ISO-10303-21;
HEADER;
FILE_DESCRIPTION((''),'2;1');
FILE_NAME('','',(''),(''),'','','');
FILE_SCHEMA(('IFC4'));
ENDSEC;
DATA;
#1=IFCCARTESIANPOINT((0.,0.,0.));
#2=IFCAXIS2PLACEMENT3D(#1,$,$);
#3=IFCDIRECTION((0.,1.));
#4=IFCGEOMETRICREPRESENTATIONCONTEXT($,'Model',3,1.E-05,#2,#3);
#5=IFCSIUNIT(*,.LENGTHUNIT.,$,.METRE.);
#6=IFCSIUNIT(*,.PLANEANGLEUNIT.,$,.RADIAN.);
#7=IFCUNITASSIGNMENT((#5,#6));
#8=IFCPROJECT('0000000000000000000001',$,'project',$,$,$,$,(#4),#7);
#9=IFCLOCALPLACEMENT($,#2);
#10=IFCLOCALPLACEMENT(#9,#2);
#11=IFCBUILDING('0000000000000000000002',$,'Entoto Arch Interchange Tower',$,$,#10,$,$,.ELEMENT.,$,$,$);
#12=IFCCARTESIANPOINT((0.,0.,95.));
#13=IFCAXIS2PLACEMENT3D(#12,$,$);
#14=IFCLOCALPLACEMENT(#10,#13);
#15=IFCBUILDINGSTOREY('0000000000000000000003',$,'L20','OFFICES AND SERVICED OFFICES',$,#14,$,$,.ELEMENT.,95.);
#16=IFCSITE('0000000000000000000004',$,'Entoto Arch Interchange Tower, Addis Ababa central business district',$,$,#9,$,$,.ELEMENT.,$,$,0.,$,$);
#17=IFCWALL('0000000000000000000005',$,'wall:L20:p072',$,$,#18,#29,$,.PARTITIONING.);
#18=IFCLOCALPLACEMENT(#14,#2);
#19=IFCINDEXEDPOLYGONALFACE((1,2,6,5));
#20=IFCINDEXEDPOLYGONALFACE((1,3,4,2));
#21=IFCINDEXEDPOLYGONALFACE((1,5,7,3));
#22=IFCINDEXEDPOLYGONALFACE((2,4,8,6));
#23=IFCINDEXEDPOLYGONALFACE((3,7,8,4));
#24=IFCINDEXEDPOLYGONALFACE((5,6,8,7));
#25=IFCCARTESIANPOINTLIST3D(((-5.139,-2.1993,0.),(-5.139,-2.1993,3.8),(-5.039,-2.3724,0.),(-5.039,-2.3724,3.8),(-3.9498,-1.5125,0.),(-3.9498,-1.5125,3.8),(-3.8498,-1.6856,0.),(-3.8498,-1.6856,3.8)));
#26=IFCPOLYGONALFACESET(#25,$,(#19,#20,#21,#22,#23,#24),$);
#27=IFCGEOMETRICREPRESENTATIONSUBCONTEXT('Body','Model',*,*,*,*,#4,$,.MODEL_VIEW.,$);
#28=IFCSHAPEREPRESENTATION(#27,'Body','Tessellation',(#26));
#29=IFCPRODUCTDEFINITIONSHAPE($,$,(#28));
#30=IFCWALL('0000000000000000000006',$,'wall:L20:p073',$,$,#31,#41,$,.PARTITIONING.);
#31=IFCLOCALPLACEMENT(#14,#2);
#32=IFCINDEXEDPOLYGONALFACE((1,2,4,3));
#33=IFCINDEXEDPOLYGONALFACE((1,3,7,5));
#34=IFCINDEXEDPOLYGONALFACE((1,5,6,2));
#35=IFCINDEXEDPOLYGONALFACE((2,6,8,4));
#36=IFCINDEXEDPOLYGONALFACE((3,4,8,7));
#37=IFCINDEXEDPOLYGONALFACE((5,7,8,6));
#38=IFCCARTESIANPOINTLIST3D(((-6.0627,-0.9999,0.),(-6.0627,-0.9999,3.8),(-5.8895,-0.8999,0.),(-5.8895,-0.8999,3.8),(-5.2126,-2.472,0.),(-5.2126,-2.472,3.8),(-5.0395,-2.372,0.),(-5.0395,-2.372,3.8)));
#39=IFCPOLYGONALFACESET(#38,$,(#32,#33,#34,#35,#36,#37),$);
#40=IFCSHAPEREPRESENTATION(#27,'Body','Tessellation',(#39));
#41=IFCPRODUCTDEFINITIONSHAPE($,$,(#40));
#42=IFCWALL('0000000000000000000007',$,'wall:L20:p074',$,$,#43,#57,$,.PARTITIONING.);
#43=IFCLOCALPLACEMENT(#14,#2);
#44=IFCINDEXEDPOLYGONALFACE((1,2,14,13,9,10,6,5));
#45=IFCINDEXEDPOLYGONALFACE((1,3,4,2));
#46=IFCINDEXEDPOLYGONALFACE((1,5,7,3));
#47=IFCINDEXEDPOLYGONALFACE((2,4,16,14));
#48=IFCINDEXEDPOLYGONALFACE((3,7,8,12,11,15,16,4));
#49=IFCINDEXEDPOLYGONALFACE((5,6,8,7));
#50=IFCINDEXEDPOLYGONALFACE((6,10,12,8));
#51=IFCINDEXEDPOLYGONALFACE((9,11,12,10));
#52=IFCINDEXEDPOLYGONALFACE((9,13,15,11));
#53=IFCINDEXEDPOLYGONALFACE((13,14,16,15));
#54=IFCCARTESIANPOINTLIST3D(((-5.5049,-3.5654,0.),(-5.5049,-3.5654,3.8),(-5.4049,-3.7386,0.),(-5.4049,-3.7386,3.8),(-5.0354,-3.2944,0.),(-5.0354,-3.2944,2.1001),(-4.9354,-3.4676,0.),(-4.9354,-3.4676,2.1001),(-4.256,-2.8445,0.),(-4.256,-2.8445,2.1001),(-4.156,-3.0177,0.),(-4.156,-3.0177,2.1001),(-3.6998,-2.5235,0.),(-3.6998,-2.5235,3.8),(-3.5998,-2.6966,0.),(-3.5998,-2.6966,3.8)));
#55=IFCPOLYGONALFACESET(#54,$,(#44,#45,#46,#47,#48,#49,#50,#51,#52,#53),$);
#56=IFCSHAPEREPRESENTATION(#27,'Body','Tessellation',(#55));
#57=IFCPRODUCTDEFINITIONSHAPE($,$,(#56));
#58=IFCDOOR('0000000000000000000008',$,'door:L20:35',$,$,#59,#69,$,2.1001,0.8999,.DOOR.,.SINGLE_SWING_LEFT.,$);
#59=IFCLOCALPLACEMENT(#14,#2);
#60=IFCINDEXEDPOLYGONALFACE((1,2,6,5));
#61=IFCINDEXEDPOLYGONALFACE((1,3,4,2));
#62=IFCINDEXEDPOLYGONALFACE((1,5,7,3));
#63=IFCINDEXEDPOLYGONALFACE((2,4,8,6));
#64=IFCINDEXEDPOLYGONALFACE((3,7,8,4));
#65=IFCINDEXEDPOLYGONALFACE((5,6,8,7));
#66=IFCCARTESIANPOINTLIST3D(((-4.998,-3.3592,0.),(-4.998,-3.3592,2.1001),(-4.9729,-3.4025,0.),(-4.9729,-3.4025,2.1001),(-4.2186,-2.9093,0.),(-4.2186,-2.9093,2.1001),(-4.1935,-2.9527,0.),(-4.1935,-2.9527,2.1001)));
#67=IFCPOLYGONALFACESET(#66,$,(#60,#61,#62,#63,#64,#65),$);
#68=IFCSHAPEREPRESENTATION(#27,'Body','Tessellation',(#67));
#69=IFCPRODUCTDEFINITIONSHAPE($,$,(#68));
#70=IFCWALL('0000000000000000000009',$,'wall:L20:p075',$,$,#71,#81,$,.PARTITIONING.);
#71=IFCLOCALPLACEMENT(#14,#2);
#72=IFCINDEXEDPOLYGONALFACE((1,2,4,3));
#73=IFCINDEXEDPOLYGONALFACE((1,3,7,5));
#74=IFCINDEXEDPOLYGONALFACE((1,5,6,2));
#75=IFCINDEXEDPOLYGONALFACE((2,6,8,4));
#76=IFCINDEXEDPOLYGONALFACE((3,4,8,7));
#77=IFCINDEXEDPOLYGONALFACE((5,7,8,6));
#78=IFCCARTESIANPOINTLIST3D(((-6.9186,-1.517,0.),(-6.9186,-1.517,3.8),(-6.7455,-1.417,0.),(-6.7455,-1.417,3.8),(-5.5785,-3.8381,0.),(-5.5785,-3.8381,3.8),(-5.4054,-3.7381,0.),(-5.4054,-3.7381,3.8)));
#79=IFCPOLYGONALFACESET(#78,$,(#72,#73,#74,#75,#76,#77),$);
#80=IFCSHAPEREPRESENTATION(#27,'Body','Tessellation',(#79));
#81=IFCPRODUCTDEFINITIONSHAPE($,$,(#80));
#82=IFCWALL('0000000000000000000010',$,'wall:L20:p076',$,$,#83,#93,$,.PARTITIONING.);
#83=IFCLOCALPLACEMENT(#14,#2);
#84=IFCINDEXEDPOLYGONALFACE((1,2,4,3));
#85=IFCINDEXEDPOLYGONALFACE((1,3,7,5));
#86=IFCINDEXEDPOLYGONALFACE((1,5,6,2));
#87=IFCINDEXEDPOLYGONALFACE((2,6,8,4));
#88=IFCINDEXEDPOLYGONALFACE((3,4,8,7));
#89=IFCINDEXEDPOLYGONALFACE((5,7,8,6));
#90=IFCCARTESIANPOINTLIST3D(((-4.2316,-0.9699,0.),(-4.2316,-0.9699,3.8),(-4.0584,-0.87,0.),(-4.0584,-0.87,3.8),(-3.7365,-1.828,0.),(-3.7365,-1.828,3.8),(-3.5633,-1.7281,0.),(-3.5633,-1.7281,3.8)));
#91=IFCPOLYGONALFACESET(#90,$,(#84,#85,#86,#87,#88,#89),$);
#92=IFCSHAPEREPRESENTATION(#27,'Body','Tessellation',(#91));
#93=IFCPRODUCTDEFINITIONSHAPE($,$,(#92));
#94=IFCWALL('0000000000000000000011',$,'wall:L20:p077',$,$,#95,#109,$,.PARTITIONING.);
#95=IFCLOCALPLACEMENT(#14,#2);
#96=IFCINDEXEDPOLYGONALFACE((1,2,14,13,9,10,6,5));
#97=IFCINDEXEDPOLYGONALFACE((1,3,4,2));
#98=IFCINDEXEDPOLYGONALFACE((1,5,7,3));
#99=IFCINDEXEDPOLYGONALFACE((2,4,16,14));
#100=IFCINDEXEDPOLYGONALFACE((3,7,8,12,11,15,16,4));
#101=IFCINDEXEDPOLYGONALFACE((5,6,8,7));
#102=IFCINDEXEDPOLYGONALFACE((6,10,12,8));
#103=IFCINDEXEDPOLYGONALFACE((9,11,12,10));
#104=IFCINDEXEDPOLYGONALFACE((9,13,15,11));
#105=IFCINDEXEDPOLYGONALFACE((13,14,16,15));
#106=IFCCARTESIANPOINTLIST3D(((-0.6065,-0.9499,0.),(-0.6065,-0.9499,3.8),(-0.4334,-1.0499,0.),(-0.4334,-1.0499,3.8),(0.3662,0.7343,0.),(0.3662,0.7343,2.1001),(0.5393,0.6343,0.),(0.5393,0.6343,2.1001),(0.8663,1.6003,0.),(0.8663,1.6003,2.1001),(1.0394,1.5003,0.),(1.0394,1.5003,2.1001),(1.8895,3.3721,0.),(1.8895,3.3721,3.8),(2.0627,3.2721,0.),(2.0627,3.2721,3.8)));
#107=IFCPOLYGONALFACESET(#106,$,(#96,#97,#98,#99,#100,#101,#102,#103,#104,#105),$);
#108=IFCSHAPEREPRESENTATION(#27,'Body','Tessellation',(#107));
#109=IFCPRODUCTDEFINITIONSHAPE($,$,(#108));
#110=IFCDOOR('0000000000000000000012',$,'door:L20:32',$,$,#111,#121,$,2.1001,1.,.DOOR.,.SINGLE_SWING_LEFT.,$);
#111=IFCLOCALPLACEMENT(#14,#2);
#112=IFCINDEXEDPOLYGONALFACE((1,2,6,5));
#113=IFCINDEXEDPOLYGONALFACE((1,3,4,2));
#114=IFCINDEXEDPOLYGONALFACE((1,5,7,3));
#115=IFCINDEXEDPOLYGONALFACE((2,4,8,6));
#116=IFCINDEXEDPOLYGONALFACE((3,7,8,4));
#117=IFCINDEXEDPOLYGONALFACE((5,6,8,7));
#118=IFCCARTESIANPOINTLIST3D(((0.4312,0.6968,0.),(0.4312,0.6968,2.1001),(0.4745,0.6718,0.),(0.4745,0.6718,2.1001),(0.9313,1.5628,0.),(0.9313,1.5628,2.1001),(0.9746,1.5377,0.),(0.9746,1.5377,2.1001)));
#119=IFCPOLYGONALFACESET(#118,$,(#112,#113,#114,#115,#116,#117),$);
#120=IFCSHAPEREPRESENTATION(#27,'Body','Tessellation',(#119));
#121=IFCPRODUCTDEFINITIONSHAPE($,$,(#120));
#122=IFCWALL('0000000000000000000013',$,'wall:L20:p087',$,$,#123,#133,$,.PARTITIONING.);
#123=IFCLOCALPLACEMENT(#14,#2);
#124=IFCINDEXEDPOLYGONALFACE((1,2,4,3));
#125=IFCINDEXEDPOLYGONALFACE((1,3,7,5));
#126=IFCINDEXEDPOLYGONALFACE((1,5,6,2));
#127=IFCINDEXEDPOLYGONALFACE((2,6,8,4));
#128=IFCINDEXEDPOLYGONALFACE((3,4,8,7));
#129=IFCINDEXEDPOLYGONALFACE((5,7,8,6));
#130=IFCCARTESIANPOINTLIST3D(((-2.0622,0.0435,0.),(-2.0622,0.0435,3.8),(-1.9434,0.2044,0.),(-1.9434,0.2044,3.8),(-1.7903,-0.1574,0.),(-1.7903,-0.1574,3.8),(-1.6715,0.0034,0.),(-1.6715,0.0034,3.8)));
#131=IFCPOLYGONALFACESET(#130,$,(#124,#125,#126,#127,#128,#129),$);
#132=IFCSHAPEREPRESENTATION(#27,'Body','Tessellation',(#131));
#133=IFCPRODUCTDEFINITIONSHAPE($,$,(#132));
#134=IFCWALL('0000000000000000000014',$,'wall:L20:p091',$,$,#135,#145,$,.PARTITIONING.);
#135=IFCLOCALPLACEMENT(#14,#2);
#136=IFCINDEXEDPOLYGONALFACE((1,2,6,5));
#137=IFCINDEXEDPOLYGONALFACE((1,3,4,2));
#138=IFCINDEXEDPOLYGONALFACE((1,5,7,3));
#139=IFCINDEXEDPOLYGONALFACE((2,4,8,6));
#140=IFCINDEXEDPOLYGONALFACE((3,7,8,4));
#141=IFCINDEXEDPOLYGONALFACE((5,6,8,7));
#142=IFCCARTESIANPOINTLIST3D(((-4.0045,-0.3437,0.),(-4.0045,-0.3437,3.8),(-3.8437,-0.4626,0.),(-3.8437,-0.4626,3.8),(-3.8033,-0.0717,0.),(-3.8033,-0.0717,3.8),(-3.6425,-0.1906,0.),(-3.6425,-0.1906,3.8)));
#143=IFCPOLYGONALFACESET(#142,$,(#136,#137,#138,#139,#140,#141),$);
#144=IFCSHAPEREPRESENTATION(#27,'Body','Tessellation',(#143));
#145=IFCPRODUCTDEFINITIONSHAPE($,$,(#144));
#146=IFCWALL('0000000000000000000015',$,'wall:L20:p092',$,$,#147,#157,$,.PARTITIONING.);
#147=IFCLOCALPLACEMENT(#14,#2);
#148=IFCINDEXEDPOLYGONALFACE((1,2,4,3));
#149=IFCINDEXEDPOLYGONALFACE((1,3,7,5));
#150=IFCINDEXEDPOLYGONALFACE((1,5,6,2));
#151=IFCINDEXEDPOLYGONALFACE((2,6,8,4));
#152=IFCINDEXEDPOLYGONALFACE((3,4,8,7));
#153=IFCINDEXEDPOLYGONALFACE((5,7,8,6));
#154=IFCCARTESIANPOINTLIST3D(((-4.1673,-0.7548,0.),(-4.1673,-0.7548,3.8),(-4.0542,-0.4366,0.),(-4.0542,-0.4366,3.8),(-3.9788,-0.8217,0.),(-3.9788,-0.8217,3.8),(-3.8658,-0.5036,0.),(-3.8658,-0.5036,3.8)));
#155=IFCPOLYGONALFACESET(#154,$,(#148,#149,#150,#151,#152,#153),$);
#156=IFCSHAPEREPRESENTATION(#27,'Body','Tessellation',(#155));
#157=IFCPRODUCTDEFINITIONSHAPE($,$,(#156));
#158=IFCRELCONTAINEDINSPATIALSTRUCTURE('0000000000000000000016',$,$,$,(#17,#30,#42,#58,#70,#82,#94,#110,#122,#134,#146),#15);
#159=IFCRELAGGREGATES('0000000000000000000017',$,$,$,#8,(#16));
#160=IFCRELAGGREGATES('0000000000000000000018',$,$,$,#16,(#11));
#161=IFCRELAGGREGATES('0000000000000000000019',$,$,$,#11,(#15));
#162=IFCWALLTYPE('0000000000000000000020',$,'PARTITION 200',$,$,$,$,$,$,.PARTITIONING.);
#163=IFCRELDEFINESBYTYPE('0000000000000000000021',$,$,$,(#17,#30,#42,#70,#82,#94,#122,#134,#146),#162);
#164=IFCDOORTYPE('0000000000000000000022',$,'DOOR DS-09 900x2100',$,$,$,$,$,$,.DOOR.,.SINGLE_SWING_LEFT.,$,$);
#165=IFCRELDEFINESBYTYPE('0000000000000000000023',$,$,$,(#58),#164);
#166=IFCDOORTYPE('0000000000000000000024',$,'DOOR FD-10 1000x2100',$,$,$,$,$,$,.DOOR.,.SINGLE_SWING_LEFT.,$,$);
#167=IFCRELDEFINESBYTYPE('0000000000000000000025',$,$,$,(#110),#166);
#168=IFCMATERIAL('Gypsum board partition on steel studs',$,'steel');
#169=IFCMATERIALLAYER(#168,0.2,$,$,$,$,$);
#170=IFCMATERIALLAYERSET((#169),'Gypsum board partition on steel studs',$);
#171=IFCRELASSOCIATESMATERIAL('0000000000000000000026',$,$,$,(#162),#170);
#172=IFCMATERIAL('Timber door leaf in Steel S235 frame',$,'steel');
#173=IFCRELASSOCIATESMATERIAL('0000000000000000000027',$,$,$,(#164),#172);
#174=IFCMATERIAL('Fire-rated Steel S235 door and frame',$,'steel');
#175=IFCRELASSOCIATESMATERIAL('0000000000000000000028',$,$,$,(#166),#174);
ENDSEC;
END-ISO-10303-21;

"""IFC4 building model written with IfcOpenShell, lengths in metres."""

from ifc_helpers import new_model, si_unit, direction, frame, frame_2d, origin, place, context, subcontext, project, spatial, rectangle, extrude, material, layer, layer_set, type_object, element, fill, save


model = new_model("IFC4")

# Units and contexts
model_context = context("Model", 3, precision=1e-05, world=origin(), true_north=direction((0.0, 1.0)))
body_context = subcontext(model_context, "Body", "Model", "MODEL_VIEW")
ifc_project = project(units=[si_unit("LENGTHUNIT", "METRE"), si_unit("PLANEANGLEUNIT", "RADIAN")], contexts=[model_context])

# Site, building, storey
site_placement = place(None, origin())
site = spatial("IfcSite", under=ifc_project, at=site_placement, Name="Entoto Arch Interchange Tower, Addis Ababa central business district", CompositionType="ELEMENT", RefElevation=0.0)
building_placement = place(site_placement, origin())
building = spatial("IfcBuilding", under=site, at=building_placement, Name="Entoto Arch Interchange Tower", CompositionType="ELEMENT")
storey_placement = place(building_placement, frame((0.0, 0.0, 95.0)))
storey = spatial("IfcBuildingStorey", under=building, at=storey_placement, Name="L20", Description="OFFICES AND SERVICED OFFICES", CompositionType="ELEMENT", Elevation=95.0)

# Walls
ifc_material_1 = material(Name="Gypsum board partition on steel studs", Category="steel")
ifc_layer_1 = layer(ifc_material_1, 0.2)
ifc_layer_set_1 = layer_set([ifc_layer_1], Name="Gypsum board partition on steel studs")
wall_type_1 = type_object("IfcWallType", Name="PARTITION 200", PredefinedType="PARTITIONING", material=ifc_layer_set_1)
wall_1_placement = place(storey_placement, frame((-3.8999, -1.5991, 0.0), z_axis=(0.0, 0.0, 1.0), x_axis=(-0.865969, -0.500097, 0.0)))
element("IfcWall", 1, at=wall_1_placement, inside=storey, type_object=wall_type_1, Name="wall:L20:p072", PredefinedType="PARTITIONING", context=body_context, shape_type="SweptSolid", body=[
    extrude(rectangle(XDim=1.3733, YDim=0.2, at=frame_2d((0.6865, 0.0))), origin(), (0.0, 0.0, 1.0), 3.8),
])
wall_2_placement = place(storey_placement, frame((-5.126, -2.4221, 0.0), z_axis=(0.0, 0.0, 1.0), x_axis=(-0.500062, 0.865989, 0.0)))
element("IfcWall", 2, at=wall_2_placement, inside=storey, type_object=wall_type_1, Name="wall:L20:p073", PredefinedType="PARTITIONING", context=body_context, shape_type="SweptSolid", body=[
    extrude(rectangle(XDim=1.7, YDim=0.2, at=frame_2d((0.8501, 0.0))), origin(), (0.0, 0.0, 1.0), 3.8),
])

# Wall, opening, door
wall_3_placement = place(storey_placement, frame((-3.6499, -2.6101, 0.0), z_axis=(0.0, 0.0, 1.0), x_axis=(-0.866072, -0.499918, 0.0)))
wall_3 = element("IfcWall", 3, at=wall_3_placement, inside=storey, type_object=wall_type_1, Name="wall:L20:p074", PredefinedType="PARTITIONING", context=body_context, shape_type="SweptSolid", body=[
    extrude(rectangle(XDim=2.0842, YDim=0.2, at=frame_2d((1.042, 0.0))), origin(), (0.0, 0.0, 1.0), 3.8),
])
opening_1_placement = place(wall_3_placement, frame((0.6421, 0.0, 0.0)))
opening_1 = element("IfcOpeningElement", 4, at=opening_1_placement, cuts=wall_3, PredefinedType="OPENING", context=body_context, shape_type="SweptSolid", body=[
    extrude(rectangle(XDim=0.8999, YDim=2.1001, at=frame_2d((0.45, 1.05))), frame((0.0, 0.1099, 0.0), z_axis=(0.0, -1.0, 0.0), x_axis=(1.0, 0.0, 0.0)), (0.0, 0.0, 1.0), 0.22),
])
ifc_material_2 = material(Name="Timber door leaf in Steel S235 frame", Category="steel")
door_type_1 = type_object("IfcDoorType", Name="DOOR DS-09 900x2100", OperationType="SINGLE_SWING_LEFT", PredefinedType="DOOR", material=ifc_material_2)
door_1_placement = place(opening_1_placement, origin())
door_1 = element("IfcDoor", 5, at=door_1_placement, inside=storey, type_object=door_type_1, Name="door:L20:35", OperationType="SINGLE_SWING_LEFT", OverallHeight=2.1001, OverallWidth=0.8999, PredefinedType="DOOR", context=body_context, shape_type="SweptSolid", body=[
    extrude(rectangle(XDim=0.8999, YDim=2.1001, at=frame_2d((0.45, 1.05))), frame((0.0, 0.0249, 0.0), z_axis=(0.0, -1.0, 0.0), x_axis=(1.0, 0.0, 0.0)), (0.0, 0.0, 1.0), 0.05),
])
fill(opening_1, door_1)

# Walls
wall_4_placement = place(storey_placement, frame((-5.4919, -3.7881, 0.0), z_axis=(0.0, 0.0, 1.0), x_axis=(-0.500009, 0.86602, 0.0)))
element("IfcWall", 6, at=wall_4_placement, inside=storey, type_object=wall_type_1, Name="wall:L20:p075", PredefinedType="PARTITIONING", context=body_context, shape_type="SweptSolid", body=[
    extrude(rectangle(XDim=2.6802, YDim=0.2, at=frame_2d((1.3401, 0.0))), origin(), (0.0, 0.0, 1.0), 3.8),
])
wall_5_placement = place(storey_placement, frame((-4.145, -0.9199, 0.0), z_axis=(0.0, 0.0, 1.0), x_axis=(0.499744, -0.866173, 0.0)))
element("IfcWall", 7, at=wall_5_placement, inside=storey, type_object=wall_type_1, Name="wall:L20:p076", PredefinedType="PARTITIONING", context=body_context, shape_type="SweptSolid", body=[
    extrude(rectangle(XDim=0.9907, YDim=0.2, at=frame_2d((0.4954, 0.0))), origin(), (0.0, 0.0, 1.0), 3.8),
])

# Wall, opening, door
wall_6_placement = place(storey_placement, frame((-0.52, -1.0, 0.0), z_axis=(0.0, 0.0, 1.0), x_axis=(0.500116, 0.865958, 0.0)))
wall_6 = element("IfcWall", 8, at=wall_6_placement, inside=storey, type_object=wall_type_1, Name="wall:L20:p077", PredefinedType="PARTITIONING", context=body_context, shape_type="SweptSolid", body=[
    extrude(rectangle(XDim=4.991, YDim=0.2, at=frame_2d((2.4956, 0.0))), origin(), (0.0, 0.0, 1.0), 3.8),
])
opening_2_placement = place(wall_6_placement, frame((1.9451, 0.0, 0.0)))
opening_2 = element("IfcOpeningElement", 9, at=opening_2_placement, cuts=wall_6, PredefinedType="OPENING", context=body_context, shape_type="SweptSolid", body=[
    extrude(rectangle(XDim=1.0, YDim=2.1001, at=frame_2d((0.5, 1.05))), frame((0.0, 0.1099, 0.0), z_axis=(0.0, -1.0, 0.0), x_axis=(1.0, 0.0, 0.0)), (0.0, 0.0, 1.0), 0.22),
])
ifc_material_3 = material(Name="Fire-rated Steel S235 door and frame", Category="steel")
door_type_2 = type_object("IfcDoorType", Name="DOOR FD-10 1000x2100", OperationType="SINGLE_SWING_LEFT", PredefinedType="DOOR", material=ifc_material_3)
door_2_placement = place(opening_2_placement, origin())
door_2 = element("IfcDoor", 10, at=door_2_placement, inside=storey, type_object=door_type_2, Name="door:L20:32", OperationType="SINGLE_SWING_LEFT", OverallHeight=2.1001, OverallWidth=1.0, PredefinedType="DOOR", context=body_context, shape_type="SweptSolid", body=[
    extrude(rectangle(XDim=1.0, YDim=2.1001, at=frame_2d((0.5, 1.05))), frame((0.0, 0.0249, 0.0), z_axis=(0.0, -1.0, 0.0), x_axis=(1.0, 0.0, 0.0)), (0.0, 0.0, 1.0), 0.05),
])
fill(opening_2, door_2)

# Walls
wall_7_placement = place(storey_placement, frame((-1.731, -0.0769, 0.0), z_axis=(0.0, 0.0, 1.0), x_axis=(-0.804311, 0.594208, 0.0)))
element("IfcWall", 11, at=wall_7_placement, inside=storey, type_object=wall_type_1, Name="wall:L20:p087", PredefinedType="PARTITIONING", context=body_context, shape_type="SweptSolid", body=[
    extrude(rectangle(XDim=0.3381, YDim=0.2, at=frame_2d((0.1689, 0.0))), origin(), (0.0, 0.0, 1.0), 3.8),
])
wall_8_placement = place(storey_placement, frame((-3.7229, -0.1311, 0.0), z_axis=(0.0, 0.0, 1.0), x_axis=(-0.594675, -0.803966, 0.0)))
element("IfcWall", 12, at=wall_8_placement, inside=storey, type_object=wall_type_1, Name="wall:L20:p091", PredefinedType="PARTITIONING", context=body_context, shape_type="SweptSolid", body=[
    extrude(rectangle(XDim=0.3384, YDim=0.2, at=frame_2d((0.1692, 0.0))), origin(), (0.0, 0.0, 1.0), 3.8),
])
wall_9_placement = place(storey_placement, frame((-3.96, -0.47, 0.0), z_axis=(0.0, 0.0, 1.0), x_axis=(-0.334824, -0.942281, 0.0)))
element("IfcWall", 13, at=wall_9_placement, inside=storey, type_object=wall_type_1, Name="wall:L20:p092", PredefinedType="PARTITIONING", context=body_context, shape_type="SweptSolid", body=[
    extrude(rectangle(XDim=0.3376, YDim=0.2, at=frame_2d((0.1689, 0.0))), origin(), (0.0, 0.0, 1.0), 3.8),
])

save(model, "model.ifc")
